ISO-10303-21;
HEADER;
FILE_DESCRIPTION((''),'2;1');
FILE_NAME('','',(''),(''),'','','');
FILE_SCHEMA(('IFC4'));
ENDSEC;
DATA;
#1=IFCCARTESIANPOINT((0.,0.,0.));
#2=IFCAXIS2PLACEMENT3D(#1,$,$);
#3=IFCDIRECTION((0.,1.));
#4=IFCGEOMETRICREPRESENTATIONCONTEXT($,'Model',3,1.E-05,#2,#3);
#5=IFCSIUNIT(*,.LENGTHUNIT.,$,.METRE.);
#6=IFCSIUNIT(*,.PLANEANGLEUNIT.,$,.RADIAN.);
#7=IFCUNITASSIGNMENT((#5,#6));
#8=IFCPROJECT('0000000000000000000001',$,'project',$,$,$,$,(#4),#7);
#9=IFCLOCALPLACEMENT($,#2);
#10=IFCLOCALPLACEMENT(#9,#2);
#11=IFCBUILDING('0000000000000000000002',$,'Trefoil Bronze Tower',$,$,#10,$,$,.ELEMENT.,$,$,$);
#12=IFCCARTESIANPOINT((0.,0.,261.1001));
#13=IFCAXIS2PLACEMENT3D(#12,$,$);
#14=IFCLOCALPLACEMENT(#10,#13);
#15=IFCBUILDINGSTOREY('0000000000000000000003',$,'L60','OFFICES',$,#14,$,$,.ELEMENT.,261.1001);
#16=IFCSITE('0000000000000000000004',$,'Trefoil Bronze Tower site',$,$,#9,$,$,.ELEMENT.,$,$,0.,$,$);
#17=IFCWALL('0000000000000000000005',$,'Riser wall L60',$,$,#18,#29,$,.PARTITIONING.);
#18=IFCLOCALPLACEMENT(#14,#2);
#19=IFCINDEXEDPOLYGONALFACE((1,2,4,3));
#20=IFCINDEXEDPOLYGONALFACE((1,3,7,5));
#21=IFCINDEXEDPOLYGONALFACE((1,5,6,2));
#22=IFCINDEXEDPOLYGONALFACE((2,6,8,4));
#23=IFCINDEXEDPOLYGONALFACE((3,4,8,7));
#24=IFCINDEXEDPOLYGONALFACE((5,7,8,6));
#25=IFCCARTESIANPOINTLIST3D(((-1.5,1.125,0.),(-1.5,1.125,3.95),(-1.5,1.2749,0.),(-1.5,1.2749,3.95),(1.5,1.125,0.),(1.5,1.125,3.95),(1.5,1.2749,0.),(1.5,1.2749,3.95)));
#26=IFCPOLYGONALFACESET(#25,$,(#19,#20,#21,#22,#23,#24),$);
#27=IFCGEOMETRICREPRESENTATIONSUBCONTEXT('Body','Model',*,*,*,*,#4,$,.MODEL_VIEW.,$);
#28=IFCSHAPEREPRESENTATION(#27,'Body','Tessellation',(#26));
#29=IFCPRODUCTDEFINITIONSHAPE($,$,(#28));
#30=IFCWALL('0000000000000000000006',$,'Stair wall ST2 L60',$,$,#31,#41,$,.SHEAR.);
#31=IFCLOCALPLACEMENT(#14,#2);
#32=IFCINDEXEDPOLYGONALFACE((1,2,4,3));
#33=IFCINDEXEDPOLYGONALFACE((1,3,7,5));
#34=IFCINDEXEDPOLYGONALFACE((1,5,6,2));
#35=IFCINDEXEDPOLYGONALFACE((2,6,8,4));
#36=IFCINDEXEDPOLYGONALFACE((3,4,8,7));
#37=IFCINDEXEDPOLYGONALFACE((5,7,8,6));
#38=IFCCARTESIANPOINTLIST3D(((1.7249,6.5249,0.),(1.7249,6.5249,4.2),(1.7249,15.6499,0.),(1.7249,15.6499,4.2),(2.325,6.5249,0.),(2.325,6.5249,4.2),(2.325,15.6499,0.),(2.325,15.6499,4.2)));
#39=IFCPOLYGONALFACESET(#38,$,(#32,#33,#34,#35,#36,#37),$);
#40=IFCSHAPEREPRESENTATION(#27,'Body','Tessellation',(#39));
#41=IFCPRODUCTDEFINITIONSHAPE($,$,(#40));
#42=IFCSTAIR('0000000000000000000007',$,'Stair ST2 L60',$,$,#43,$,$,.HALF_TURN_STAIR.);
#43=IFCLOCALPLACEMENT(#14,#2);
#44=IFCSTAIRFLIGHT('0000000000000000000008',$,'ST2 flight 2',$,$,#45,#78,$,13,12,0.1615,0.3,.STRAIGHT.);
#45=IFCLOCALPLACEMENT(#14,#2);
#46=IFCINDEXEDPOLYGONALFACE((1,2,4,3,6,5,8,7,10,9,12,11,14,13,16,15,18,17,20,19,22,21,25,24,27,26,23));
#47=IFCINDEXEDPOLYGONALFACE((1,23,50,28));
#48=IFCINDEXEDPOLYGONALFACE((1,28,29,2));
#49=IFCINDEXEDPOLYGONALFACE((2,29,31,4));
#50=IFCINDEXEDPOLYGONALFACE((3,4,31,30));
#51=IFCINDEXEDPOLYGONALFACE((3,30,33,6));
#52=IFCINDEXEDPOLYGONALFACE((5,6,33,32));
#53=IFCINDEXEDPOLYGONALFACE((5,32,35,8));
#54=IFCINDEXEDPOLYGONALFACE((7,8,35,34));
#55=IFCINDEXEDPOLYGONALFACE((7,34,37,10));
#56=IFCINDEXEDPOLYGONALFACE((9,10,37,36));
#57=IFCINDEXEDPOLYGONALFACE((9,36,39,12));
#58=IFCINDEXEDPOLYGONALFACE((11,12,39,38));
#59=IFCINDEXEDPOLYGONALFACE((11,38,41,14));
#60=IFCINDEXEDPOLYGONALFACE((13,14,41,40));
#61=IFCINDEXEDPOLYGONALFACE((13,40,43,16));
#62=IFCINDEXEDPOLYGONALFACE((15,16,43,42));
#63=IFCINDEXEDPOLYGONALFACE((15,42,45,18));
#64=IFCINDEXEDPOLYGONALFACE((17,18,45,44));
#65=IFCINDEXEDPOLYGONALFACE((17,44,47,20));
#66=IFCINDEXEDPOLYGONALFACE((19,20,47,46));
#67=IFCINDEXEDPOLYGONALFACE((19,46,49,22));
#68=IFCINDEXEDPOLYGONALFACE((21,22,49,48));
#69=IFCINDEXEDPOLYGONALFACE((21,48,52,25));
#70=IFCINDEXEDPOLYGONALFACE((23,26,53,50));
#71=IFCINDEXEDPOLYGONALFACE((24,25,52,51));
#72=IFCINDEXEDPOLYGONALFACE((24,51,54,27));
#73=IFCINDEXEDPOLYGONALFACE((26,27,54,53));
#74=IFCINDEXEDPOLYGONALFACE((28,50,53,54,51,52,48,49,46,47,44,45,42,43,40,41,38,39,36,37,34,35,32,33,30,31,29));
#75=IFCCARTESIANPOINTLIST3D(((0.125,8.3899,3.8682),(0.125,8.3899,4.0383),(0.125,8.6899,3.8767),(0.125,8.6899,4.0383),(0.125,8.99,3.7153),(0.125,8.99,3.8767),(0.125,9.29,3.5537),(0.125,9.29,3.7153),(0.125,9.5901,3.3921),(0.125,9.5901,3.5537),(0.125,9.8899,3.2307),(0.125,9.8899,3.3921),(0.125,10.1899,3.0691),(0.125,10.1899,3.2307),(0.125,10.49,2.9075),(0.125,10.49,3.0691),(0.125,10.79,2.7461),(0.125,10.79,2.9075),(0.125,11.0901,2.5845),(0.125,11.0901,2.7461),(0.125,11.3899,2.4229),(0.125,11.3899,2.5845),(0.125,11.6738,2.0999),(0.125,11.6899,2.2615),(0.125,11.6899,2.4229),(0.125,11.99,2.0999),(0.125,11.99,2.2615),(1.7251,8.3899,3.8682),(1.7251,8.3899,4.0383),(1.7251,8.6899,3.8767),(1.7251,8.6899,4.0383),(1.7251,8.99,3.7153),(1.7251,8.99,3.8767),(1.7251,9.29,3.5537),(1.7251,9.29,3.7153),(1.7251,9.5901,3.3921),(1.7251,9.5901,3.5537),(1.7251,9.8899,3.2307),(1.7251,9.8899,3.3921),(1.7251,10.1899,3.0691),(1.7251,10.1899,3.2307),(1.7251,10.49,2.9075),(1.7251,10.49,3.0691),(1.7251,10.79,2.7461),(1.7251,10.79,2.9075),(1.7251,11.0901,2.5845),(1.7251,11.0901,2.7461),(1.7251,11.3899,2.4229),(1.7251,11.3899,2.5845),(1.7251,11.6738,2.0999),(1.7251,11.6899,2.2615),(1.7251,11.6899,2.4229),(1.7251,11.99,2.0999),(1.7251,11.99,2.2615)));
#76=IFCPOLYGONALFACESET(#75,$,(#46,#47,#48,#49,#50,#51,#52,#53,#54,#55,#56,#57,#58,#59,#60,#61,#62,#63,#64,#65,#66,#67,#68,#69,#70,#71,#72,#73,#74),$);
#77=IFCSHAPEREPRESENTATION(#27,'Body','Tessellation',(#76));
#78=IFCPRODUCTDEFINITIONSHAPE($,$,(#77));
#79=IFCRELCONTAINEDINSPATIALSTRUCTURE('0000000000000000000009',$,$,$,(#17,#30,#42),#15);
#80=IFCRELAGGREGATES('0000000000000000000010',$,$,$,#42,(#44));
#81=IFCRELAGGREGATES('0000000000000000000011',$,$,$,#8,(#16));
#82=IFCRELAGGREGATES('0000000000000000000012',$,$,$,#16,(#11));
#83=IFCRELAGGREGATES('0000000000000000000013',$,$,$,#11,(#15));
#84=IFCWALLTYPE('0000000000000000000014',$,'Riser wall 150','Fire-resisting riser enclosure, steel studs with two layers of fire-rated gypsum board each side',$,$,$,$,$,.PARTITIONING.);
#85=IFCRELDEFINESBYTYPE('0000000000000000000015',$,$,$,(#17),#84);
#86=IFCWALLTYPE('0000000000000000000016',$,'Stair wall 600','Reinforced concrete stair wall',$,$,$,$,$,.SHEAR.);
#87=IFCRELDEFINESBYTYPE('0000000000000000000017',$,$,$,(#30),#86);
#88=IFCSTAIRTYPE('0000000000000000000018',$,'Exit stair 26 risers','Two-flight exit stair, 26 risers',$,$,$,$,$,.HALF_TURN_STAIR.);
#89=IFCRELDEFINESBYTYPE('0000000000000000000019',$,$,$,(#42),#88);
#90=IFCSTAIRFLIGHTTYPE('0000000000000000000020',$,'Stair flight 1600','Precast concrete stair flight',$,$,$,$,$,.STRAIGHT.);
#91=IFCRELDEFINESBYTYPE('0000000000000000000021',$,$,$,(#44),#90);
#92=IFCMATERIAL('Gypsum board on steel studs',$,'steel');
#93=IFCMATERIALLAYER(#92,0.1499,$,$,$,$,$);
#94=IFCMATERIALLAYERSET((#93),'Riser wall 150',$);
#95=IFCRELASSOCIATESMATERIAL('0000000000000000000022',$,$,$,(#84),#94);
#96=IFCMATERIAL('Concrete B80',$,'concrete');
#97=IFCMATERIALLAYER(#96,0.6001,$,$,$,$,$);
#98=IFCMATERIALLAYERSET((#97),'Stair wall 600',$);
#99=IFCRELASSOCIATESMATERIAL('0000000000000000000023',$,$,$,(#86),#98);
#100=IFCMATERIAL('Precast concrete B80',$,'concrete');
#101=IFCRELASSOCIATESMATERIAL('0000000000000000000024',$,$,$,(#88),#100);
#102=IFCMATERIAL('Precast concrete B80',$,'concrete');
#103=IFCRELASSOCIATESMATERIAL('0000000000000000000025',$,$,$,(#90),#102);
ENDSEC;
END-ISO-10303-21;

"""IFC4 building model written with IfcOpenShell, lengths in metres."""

from ifc_helpers import new_model, si_unit, direction, frame, frame_2d, origin, place, context, subcontext, project, spatial, polyline, rectangle, outline, extrude, material, layer, layer_set, type_object, element, aggregate, save


model = new_model("IFC4")

# Units and contexts
model_context = context("Model", 3, precision=1e-05, world=origin(), true_north=direction((0.0, 1.0)))
body_context = subcontext(model_context, "Body", "Model", "MODEL_VIEW")
ifc_project = project(units=[si_unit("LENGTHUNIT", "METRE"), si_unit("PLANEANGLEUNIT", "RADIAN")], contexts=[model_context])

# Site, building, storey
site_placement = place(None, origin())
site = spatial("IfcSite", under=ifc_project, at=site_placement, Name="Trefoil Bronze Tower site", CompositionType="ELEMENT", RefElevation=0.0)
building_placement = place(site_placement, origin())
building = spatial("IfcBuilding", under=site, at=building_placement, Name="Trefoil Bronze Tower", CompositionType="ELEMENT")
storey_placement = place(building_placement, frame((0.0, 0.0, 261.1001)))
storey = spatial("IfcBuildingStorey", under=building, at=storey_placement, Name="L60", Description="OFFICES", CompositionType="ELEMENT", Elevation=261.1001)

# Walls
ifc_material_1 = material(Name="Gypsum board on steel studs", Category="steel")
ifc_layer_1 = layer(ifc_material_1, 0.1499)
ifc_layer_set_1 = layer_set([ifc_layer_1], Name="Riser wall 150")
wall_type_1 = type_object("IfcWallType", Name="Riser wall 150", Description="Fire-resisting riser enclosure, steel studs with two layers of fire-rated gypsum board each side", PredefinedType="PARTITIONING", material=ifc_layer_set_1)
wall_1_placement = place(storey_placement, frame((1.5, 1.2, 0.0), z_axis=(0.0, 0.0, 1.0), x_axis=(-1.0, 0.0, 0.0)))
element("IfcWall", 1, at=wall_1_placement, inside=storey, type_object=wall_type_1, Name="Riser wall L60", PredefinedType="PARTITIONING", context=body_context, shape_type="SweptSolid", body=[
    extrude(rectangle(XDim=3.0, YDim=0.1499, at=frame_2d((1.5, 0.0))), origin(), (0.0, 0.0, 1.0), 3.95),
])
ifc_material_2 = material(Name="Concrete B80", Category="concrete")
ifc_layer_2 = layer(ifc_material_2, 0.6001)
ifc_layer_set_2 = layer_set([ifc_layer_2], Name="Stair wall 600")
wall_type_2 = type_object("IfcWallType", Name="Stair wall 600", Description="Reinforced concrete stair wall", PredefinedType="SHEAR", material=ifc_layer_set_2)
wall_2_placement = place(storey_placement, frame((2.0249, 6.5249, 0.0), z_axis=(0.0, 0.0, 1.0), x_axis=(0.0, 1.0, 0.0)))
element("IfcWall", 2, at=wall_2_placement, inside=storey, type_object=wall_type_2, Name="Stair wall ST2 L60", PredefinedType="SHEAR", context=body_context, shape_type="SweptSolid", body=[
    extrude(rectangle(XDim=9.125, YDim=0.6001, at=frame_2d((4.5625, 0.0))), origin(), (0.0, 0.0, 1.0), 4.2),
])

# Stair, stair flight
ifc_material_3 = material(Name="Precast concrete B80", Category="concrete")
stair_type = type_object("IfcStairType", Name="Exit stair 26 risers", Description="Two-flight exit stair, 26 risers", PredefinedType="HALF_TURN_STAIR", material=ifc_material_3)
stair_placement = place(storey_placement, origin())
stair = element("IfcStair", 3, at=stair_placement, inside=storey, type_object=stair_type, Name="Stair ST2 L60", PredefinedType="HALF_TURN_STAIR")
ifc_material_4 = material(Name="Precast concrete B80", Category="concrete")
stair_flight_type = type_object("IfcStairFlightType", Name="Stair flight 1600", Description="Precast concrete stair flight", PredefinedType="STRAIGHT", material=ifc_material_4)
stair_flight_placement = place(storey_placement, frame((0.925, 11.99, 2.0999), z_axis=(0.0, 0.0, 1.0), x_axis=(0.0, -1.0, 0.0)))
stair_flight = element("IfcStairFlight", 4, at=stair_flight_placement, type_object=stair_flight_type, Name="ST2 flight 2", NumberOfRisers=13, NumberOfTreads=12, PredefinedType="STRAIGHT", RiserHeight=0.1615, TreadLength=0.3, context=body_context, shape_type="SweptSolid", body=[
    extrude(outline(polyline([(0.0, 0.0), (0.0, 0.1616), (0.3, 0.1616), (0.3, 0.323), (0.6001, 0.323), (0.6001, 0.4846), (0.8999, 0.4846), (0.8999, 0.6462), (1.2, 0.6462), (1.2, 0.8076), (1.5, 0.8076), (1.5, 0.9692), (1.8, 0.9692), (1.8, 1.1309), (2.1001, 1.1309), (2.1001, 1.2922), (2.3999, 1.2922), (2.3999, 1.4539), (2.7, 1.4539), (2.7, 1.6155), (3.0, 1.6155), (3.0, 1.7769), (3.3, 1.7769), (3.3, 1.9385), (3.6001, 1.9385), (3.6001, 2.1001), (3.6001, 1.7683), (0.3162, 0.0), (0.0, 0.0)])), frame((0.0, 0.8, 0.0), z_axis=(0.0, -1.0, 0.0), x_axis=(1.0, 0.0, 0.0)), (0.0, 0.0, 1.0), 1.6001),
])
aggregate(stair, [stair_flight])

save(model, "model.ifc")
